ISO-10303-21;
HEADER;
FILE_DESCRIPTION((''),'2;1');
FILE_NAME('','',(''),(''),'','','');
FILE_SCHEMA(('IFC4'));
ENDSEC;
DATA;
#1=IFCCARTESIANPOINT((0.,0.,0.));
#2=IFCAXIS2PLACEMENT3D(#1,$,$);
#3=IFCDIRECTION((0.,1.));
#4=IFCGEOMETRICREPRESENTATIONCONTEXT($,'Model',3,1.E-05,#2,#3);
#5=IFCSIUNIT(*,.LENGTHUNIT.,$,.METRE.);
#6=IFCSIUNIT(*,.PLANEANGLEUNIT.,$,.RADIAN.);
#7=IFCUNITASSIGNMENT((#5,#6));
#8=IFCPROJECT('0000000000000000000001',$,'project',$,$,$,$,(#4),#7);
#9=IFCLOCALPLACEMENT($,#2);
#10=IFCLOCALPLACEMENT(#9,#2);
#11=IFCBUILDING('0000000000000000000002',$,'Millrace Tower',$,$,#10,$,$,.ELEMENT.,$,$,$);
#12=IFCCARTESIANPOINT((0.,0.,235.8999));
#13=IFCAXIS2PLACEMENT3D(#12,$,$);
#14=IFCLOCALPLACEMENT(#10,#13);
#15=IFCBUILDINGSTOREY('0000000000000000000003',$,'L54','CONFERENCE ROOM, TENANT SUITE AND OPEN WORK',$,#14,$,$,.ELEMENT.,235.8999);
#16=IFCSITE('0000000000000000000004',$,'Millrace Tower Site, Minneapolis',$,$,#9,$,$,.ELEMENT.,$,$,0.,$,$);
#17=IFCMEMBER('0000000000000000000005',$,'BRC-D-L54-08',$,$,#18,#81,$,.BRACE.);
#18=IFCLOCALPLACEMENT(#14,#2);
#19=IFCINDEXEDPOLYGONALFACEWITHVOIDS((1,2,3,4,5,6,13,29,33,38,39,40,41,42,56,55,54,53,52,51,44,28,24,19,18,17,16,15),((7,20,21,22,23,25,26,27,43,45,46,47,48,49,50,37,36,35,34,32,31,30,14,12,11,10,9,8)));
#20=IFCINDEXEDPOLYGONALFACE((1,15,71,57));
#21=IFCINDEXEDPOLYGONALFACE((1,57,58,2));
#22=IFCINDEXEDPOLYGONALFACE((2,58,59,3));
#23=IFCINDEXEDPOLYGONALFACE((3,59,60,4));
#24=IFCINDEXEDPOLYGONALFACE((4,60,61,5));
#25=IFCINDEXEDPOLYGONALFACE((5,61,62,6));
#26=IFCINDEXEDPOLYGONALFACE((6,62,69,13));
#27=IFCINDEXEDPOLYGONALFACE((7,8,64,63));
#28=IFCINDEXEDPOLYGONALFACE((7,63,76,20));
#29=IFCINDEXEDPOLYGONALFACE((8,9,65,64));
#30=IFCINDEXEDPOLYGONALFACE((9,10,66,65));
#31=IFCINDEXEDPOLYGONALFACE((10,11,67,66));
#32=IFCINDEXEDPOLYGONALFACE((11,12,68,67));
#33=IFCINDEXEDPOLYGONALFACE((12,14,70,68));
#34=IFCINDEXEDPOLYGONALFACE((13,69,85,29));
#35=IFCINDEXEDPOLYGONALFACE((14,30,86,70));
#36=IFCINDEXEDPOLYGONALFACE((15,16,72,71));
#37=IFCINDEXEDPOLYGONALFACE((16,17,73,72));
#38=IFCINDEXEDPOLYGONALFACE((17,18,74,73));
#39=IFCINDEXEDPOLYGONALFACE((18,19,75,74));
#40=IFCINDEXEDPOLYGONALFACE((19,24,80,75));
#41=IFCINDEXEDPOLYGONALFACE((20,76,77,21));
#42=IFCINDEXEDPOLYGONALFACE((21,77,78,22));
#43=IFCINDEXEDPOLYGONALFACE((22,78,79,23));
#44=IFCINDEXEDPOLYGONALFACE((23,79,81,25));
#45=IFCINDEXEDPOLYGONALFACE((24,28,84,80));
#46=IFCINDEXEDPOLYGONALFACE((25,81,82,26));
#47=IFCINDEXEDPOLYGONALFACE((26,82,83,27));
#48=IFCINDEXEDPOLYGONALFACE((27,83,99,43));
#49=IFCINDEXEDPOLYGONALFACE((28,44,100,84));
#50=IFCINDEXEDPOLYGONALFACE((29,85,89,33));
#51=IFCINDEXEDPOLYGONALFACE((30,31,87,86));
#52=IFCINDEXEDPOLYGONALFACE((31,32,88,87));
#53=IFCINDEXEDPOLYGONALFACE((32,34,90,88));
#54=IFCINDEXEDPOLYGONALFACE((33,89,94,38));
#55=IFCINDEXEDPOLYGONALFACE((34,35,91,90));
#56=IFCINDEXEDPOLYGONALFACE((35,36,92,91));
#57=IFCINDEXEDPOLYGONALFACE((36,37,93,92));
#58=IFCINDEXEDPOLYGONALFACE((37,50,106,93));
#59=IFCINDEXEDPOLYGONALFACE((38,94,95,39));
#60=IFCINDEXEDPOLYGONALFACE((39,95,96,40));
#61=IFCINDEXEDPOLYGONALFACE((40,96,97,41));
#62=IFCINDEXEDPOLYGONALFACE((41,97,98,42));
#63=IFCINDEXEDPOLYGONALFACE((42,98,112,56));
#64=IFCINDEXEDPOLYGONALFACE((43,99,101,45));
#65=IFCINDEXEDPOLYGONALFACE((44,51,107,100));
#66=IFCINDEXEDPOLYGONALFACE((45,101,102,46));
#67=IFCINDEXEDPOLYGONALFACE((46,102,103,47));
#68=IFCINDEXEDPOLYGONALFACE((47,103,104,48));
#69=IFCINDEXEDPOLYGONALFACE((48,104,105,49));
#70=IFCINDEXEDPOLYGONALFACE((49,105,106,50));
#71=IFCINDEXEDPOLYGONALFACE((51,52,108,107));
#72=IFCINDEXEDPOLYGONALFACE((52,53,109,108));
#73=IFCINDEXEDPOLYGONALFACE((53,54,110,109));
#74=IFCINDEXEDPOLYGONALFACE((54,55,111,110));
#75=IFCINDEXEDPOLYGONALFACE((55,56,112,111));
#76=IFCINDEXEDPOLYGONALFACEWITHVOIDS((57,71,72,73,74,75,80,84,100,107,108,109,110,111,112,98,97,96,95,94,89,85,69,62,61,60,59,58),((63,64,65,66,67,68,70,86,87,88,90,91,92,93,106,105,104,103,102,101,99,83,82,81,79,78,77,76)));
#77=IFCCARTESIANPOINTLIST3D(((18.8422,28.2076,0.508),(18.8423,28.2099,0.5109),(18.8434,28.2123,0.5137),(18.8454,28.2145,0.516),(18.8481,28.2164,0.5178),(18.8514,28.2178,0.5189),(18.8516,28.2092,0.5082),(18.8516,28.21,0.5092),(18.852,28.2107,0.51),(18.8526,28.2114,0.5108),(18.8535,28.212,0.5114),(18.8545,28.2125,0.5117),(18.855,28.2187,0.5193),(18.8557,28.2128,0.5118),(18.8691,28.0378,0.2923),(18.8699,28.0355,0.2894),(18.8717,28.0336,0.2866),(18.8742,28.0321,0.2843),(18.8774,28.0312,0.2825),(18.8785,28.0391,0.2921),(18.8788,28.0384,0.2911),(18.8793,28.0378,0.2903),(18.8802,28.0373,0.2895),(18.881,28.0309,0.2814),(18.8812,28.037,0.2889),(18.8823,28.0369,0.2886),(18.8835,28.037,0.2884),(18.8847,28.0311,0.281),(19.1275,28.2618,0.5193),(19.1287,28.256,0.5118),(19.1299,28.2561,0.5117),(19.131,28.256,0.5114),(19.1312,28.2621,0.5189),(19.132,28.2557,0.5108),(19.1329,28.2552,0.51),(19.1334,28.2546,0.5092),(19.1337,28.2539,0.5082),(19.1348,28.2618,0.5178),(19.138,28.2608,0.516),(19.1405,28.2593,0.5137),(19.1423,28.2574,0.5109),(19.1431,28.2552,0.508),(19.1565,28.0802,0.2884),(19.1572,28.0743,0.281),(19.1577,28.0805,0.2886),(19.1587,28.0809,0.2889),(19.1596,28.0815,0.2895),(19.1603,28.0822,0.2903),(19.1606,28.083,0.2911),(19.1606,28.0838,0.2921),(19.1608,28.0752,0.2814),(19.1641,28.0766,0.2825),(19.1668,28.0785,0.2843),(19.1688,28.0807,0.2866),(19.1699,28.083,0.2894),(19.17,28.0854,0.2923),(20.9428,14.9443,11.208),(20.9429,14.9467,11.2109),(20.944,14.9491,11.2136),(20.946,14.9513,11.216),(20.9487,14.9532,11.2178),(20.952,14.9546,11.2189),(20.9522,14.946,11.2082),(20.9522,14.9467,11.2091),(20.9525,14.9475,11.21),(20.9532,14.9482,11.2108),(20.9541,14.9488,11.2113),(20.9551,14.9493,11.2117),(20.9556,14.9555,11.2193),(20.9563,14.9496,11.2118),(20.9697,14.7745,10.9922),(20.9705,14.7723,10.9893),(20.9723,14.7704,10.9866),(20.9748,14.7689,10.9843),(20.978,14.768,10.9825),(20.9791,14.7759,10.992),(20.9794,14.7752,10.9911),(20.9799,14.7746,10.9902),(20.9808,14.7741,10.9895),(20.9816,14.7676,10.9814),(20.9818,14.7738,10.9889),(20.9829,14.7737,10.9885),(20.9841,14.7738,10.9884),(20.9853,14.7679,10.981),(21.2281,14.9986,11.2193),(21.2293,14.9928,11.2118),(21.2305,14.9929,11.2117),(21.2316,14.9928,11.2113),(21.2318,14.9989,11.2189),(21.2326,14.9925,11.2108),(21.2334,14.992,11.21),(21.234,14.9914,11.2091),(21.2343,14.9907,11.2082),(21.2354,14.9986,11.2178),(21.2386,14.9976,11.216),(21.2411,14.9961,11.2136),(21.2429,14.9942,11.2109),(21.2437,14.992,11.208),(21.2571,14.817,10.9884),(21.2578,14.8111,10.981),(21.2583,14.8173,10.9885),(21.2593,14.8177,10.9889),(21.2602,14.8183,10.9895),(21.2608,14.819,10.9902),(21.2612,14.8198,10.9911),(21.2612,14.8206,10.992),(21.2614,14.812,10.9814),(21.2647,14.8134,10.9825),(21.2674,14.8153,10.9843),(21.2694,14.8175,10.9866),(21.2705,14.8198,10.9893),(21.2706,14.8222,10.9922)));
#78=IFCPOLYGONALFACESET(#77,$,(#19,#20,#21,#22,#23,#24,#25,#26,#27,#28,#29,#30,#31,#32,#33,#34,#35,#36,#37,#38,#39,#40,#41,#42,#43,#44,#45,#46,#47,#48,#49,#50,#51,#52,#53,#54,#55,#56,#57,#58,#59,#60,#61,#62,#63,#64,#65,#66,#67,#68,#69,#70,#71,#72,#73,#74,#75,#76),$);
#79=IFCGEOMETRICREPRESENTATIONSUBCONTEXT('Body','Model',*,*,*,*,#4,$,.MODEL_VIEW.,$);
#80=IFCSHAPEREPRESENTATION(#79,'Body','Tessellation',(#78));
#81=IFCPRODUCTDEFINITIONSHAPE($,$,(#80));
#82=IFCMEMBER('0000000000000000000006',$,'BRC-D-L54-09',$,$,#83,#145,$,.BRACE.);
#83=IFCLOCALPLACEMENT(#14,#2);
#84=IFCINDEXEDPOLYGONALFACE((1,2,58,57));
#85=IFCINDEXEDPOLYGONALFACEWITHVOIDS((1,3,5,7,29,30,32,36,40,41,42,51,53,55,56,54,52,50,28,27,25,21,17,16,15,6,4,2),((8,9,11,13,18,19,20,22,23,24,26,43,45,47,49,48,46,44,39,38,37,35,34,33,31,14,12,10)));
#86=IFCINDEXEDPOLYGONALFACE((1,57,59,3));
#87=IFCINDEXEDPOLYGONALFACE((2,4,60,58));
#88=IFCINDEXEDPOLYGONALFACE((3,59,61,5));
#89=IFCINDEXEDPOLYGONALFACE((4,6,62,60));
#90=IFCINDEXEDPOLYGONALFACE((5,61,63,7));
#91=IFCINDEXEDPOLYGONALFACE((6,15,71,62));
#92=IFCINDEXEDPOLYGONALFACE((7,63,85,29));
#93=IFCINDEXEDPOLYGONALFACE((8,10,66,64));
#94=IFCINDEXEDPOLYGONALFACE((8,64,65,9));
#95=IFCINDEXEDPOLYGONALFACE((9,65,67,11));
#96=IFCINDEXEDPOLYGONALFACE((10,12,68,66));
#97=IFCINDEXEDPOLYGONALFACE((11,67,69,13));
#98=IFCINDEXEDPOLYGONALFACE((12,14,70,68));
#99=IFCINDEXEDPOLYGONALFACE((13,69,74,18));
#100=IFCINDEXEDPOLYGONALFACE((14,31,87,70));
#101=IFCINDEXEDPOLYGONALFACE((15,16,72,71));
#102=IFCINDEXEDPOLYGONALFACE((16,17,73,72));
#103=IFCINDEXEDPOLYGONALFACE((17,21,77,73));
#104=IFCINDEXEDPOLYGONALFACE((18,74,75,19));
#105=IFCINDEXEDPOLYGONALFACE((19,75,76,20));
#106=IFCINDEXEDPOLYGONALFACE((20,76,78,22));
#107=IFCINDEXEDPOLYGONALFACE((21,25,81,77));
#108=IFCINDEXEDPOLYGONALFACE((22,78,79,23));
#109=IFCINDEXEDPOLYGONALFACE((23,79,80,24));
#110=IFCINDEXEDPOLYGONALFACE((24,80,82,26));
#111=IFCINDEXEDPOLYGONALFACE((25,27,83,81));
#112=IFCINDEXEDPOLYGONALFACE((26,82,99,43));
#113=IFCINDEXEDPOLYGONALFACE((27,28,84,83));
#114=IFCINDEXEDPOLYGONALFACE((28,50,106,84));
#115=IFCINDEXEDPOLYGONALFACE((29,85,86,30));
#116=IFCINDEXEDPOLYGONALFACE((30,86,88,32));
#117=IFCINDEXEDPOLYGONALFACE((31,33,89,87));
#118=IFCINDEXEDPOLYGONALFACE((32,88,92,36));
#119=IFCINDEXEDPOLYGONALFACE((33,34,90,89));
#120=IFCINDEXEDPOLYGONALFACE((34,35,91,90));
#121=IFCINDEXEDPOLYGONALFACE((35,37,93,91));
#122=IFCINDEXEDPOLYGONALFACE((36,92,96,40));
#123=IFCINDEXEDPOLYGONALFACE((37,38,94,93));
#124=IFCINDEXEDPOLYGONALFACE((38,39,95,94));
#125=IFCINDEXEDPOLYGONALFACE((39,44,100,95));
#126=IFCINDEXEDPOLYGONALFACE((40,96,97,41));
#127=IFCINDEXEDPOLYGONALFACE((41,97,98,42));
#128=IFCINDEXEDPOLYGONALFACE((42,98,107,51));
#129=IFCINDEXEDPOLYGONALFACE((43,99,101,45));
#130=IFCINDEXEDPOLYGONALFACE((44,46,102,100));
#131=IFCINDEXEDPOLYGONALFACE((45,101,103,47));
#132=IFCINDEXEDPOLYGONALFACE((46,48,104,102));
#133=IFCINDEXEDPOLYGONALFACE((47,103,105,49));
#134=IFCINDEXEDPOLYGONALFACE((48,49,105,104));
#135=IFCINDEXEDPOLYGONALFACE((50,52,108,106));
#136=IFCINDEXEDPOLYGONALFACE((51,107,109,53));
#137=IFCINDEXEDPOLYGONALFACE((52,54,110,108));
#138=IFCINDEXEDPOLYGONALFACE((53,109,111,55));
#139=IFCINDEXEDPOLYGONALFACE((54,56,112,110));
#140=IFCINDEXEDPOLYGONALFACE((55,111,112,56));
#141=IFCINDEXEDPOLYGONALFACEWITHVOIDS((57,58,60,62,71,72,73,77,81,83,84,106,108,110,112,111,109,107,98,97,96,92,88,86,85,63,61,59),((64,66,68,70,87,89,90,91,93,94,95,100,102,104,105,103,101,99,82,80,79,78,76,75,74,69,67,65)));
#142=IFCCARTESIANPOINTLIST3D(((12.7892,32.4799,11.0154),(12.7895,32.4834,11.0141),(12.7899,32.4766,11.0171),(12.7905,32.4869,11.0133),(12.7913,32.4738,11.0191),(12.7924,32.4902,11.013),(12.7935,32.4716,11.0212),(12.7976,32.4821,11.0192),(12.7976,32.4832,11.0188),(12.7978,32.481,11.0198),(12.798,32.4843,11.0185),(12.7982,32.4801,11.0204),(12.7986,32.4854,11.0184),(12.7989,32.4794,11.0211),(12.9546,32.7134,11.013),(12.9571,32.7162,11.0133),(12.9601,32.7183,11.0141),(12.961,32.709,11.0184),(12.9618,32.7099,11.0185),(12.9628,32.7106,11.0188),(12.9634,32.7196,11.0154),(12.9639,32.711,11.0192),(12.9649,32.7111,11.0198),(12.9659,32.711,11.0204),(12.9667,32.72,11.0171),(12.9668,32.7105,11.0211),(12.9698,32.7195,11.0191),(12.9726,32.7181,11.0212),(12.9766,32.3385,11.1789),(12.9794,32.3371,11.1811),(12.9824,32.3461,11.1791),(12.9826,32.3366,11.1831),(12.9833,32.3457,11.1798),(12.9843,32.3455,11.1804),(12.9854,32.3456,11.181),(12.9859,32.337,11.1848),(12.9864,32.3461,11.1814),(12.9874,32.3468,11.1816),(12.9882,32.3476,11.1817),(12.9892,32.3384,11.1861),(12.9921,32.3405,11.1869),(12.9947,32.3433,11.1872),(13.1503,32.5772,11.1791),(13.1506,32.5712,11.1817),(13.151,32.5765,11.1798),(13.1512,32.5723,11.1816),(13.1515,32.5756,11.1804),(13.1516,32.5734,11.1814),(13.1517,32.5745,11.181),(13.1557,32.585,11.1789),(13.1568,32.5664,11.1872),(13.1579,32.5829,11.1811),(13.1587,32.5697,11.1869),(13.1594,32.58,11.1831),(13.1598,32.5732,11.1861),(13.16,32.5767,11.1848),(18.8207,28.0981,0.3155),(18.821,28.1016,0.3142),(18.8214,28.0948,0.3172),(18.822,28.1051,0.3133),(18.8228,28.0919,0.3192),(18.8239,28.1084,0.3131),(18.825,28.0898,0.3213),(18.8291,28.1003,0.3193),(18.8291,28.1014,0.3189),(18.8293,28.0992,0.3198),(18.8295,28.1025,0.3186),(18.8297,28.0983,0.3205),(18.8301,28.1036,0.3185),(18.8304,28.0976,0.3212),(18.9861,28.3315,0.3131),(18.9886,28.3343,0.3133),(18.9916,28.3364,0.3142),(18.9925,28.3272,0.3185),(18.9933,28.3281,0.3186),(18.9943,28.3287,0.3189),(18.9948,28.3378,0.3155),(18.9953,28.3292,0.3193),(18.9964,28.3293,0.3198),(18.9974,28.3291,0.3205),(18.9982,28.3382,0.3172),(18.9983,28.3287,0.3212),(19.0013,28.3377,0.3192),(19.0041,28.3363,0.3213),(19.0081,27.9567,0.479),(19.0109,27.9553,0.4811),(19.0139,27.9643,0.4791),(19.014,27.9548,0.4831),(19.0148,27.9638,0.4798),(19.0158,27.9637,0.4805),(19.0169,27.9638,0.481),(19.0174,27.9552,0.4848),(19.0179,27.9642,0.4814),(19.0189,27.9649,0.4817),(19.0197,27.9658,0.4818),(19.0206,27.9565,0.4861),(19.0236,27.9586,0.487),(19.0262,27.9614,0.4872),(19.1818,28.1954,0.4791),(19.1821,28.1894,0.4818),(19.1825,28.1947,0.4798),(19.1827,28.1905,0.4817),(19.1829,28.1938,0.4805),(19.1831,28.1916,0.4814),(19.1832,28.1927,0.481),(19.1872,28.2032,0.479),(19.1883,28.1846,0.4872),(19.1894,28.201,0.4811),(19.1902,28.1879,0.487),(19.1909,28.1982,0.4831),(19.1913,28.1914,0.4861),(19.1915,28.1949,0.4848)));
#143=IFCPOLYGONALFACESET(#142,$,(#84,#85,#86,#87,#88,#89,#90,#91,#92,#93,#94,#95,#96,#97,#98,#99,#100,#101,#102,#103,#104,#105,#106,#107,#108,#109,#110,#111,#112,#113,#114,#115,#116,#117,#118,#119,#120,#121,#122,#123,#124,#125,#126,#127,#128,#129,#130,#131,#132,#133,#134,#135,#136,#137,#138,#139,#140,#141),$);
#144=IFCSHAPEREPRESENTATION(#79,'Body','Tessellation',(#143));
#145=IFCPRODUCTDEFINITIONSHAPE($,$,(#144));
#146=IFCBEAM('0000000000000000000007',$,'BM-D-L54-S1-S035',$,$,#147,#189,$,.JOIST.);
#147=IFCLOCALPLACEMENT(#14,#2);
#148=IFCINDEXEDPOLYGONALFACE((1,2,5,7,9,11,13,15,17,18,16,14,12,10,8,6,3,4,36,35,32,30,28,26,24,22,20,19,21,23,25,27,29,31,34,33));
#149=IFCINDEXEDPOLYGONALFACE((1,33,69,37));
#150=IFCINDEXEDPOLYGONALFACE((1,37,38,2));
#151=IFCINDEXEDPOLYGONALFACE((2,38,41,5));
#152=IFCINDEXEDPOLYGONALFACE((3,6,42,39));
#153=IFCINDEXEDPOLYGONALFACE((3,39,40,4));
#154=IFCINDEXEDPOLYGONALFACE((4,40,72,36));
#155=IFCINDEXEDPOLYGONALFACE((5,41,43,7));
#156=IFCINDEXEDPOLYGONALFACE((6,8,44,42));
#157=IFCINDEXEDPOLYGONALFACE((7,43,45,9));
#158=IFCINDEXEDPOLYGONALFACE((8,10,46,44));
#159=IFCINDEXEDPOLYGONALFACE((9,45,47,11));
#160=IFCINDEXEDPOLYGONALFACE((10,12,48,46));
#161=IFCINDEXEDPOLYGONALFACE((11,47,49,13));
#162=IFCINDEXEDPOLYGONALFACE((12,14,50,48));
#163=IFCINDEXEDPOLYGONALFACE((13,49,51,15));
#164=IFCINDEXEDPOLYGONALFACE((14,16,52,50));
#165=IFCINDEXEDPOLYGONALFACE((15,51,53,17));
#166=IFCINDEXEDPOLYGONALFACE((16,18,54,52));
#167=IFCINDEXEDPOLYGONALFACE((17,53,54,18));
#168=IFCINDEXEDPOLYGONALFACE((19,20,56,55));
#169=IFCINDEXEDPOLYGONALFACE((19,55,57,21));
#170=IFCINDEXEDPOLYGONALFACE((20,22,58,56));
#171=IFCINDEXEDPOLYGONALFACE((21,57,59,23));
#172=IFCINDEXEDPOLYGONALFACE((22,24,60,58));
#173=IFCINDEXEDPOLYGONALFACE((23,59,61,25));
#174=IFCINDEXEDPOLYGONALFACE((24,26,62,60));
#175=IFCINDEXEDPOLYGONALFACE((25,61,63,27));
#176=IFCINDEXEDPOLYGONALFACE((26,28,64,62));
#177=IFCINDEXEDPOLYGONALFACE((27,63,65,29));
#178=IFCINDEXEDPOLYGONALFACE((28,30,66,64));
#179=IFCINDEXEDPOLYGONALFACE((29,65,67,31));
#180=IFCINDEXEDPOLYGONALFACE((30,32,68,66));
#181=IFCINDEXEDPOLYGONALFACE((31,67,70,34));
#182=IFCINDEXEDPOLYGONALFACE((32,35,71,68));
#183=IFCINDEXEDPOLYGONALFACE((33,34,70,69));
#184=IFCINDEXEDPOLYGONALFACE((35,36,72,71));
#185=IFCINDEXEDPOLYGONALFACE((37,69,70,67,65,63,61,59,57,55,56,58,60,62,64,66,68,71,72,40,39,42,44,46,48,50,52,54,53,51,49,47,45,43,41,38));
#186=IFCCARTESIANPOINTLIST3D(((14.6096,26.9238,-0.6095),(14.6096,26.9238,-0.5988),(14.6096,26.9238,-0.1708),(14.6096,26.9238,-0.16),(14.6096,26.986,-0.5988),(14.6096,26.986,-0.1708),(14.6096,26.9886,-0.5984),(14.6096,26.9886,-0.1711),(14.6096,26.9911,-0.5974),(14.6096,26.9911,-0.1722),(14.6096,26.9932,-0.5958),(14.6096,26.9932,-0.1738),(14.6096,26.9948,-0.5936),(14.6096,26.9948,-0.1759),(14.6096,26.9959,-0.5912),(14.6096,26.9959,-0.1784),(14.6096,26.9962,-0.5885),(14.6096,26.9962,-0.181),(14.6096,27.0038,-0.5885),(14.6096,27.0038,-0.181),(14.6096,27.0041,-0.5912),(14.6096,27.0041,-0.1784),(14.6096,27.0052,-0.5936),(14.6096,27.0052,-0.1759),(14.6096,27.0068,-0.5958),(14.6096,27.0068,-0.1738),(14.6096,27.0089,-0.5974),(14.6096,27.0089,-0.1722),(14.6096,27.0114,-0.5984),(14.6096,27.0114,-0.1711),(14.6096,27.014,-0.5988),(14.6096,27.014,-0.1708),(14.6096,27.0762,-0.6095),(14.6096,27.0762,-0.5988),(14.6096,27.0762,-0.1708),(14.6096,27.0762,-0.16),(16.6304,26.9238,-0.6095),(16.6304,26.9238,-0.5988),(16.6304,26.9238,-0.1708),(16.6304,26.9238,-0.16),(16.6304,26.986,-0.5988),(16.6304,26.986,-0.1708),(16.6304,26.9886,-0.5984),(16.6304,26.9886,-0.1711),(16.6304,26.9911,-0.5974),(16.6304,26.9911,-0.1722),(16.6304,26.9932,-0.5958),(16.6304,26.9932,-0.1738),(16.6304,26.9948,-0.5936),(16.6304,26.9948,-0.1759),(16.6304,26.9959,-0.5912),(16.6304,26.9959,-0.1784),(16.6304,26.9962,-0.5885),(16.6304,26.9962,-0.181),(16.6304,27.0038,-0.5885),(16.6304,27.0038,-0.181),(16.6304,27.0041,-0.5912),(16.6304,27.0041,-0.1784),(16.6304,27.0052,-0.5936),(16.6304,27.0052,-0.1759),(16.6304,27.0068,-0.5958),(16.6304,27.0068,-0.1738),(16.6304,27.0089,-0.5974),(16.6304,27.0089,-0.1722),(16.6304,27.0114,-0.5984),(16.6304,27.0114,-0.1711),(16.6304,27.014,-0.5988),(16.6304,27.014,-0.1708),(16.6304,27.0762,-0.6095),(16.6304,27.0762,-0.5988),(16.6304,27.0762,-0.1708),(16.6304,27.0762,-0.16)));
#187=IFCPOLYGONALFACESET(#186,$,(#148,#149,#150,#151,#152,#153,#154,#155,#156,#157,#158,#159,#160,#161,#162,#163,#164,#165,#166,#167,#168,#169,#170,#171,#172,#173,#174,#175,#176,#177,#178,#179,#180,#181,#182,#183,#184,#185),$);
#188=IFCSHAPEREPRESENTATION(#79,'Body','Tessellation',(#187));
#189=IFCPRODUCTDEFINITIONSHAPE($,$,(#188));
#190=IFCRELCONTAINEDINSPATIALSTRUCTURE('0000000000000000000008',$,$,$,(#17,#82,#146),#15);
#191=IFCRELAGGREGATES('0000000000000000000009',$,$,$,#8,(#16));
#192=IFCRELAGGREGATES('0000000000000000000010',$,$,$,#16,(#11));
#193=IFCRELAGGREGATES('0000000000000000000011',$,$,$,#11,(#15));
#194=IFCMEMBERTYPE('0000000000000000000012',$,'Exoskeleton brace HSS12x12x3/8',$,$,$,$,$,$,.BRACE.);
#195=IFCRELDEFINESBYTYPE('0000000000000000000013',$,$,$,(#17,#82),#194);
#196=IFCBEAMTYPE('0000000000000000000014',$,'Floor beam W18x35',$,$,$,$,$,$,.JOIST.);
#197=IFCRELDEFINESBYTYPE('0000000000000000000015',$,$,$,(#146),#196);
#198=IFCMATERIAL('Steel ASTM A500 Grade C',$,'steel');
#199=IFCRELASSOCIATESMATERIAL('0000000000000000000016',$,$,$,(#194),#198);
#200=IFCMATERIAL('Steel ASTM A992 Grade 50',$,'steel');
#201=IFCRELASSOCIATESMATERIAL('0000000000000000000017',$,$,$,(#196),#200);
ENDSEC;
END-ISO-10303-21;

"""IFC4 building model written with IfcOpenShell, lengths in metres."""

from ifc_helpers import new_model, si_unit, direction, frame, origin, origin_2d, place, context, subcontext, project, spatial, hollow_rectangle, i_section, extrude, material, material_profile, profile_set, type_object, element, save


model = new_model("IFC4")

# Units and contexts
model_context = context("Model", 3, precision=1e-05, world=origin(), true_north=direction((0.0, 1.0)))
body_context = subcontext(model_context, "Body", "Model", "MODEL_VIEW")
ifc_project = project(units=[si_unit("LENGTHUNIT", "METRE"), si_unit("PLANEANGLEUNIT", "RADIAN")], contexts=[model_context])

# Site, building, storey
site_placement = place(None, origin())
site = spatial("IfcSite", under=ifc_project, at=site_placement, Name="Millrace Tower Site, Minneapolis", CompositionType="ELEMENT", RefElevation=0.0)
building_placement = place(site_placement, origin())
building = spatial("IfcBuilding", under=site, at=building_placement, Name="Millrace Tower", CompositionType="ELEMENT")
storey_placement = place(building_placement, frame((0.0, 0.0, 235.8999)))
storey = spatial("IfcBuildingStorey", under=building, at=storey_placement, Name="L54", Description="CONFERENCE ROOM, TENANT SUITE AND OPEN WORK", CompositionType="ELEMENT", Elevation=235.8999)

# Members
ifc_material_1 = material(Name="Steel ASTM A500 Grade C", Category="steel")
ifc_material_profile_1 = material_profile(ifc_material_1, hollow_rectangle(XDim=0.3047, YDim=0.3047, WallThickness=0.0095, InnerFilletRadius=0.0046, OuterFilletRadius=0.0144, at=origin_2d()))
ifc_profile_set_1 = profile_set([ifc_material_profile_1], Name="Steel ASTM A500 Grade C")
member_type_1 = type_object("IfcMemberType", Name="Exoskeleton brace HSS12x12x3/8", PredefinedType="BRACE", material=ifc_profile_set_1)
member_1_placement = place(storey_placement, frame((19.0061, 28.1465, 0.4001), z_axis=(0.12234, -0.772457, 0.623172), x_axis=(0.987689, 0.156427, 0.0)))
element("IfcMember", 1, at=member_1_placement, inside=storey, type_object=member_type_1, Name="BRC-D-L54-08", PredefinedType="BRACE", context=body_context, shape_type="SweptSolid", body=[
    extrude(hollow_rectangle(XDim=0.3047, YDim=0.3047, WallThickness=0.0095, InnerFilletRadius=0.0046, OuterFilletRadius=0.0144, at=origin_2d()), origin(), (0.0, 0.0, 1.0), 17.1702),
])
member_2_placement = place(storey_placement, frame((19.0061, 28.1465, 0.4001), z_axis=(-0.462501, 0.336004, 0.820484), x_axis=(-0.587759, -0.809036, 0.0)))
element("IfcMember", 2, at=member_2_placement, inside=storey, type_object=member_type_1, Name="BRC-D-L54-09", PredefinedType="BRACE", context=body_context, shape_type="SweptSolid", body=[
    extrude(hollow_rectangle(XDim=0.3047, YDim=0.3047, WallThickness=0.0095, InnerFilletRadius=0.0046, OuterFilletRadius=0.0144, at=origin_2d()), origin(), (0.0, 0.0, 1.0), 13.041),
])

# Beam
ifc_material_2 = material(Name="Steel ASTM A992 Grade 50", Category="steel")
ifc_material_profile_2 = material_profile(ifc_material_2, i_section(OverallWidth=0.1523, OverallDepth=0.4495, WebThickness=0.0076, FlangeThickness=0.0107, FilletRadius=0.0103, at=origin_2d()))
ifc_profile_set_2 = profile_set([ifc_material_profile_2], Name="Steel ASTM A992 Grade 50")
beam_type_1 = type_object("IfcBeamType", Name="Floor beam W18x35", PredefinedType="JOIST", material=ifc_profile_set_2)
beam_1_placement = place(storey_placement, frame((14.6096, 27.0, -0.3848), z_axis=(1.0, 0.0, 0.0), x_axis=(0.0, 1.0, 0.0)))
element("IfcBeam", 3, at=beam_1_placement, inside=storey, type_object=beam_type_1, Name="BM-D-L54-S1-S035", PredefinedType="JOIST", context=body_context, shape_type="SweptSolid", body=[
    extrude(i_section(OverallWidth=0.1523, OverallDepth=0.4495, WebThickness=0.0076, FlangeThickness=0.0107, FilletRadius=0.0103, at=origin_2d()), origin(), (0.0, 0.0, 1.0), 2.0208),
])

save(model, "model.ifc")
